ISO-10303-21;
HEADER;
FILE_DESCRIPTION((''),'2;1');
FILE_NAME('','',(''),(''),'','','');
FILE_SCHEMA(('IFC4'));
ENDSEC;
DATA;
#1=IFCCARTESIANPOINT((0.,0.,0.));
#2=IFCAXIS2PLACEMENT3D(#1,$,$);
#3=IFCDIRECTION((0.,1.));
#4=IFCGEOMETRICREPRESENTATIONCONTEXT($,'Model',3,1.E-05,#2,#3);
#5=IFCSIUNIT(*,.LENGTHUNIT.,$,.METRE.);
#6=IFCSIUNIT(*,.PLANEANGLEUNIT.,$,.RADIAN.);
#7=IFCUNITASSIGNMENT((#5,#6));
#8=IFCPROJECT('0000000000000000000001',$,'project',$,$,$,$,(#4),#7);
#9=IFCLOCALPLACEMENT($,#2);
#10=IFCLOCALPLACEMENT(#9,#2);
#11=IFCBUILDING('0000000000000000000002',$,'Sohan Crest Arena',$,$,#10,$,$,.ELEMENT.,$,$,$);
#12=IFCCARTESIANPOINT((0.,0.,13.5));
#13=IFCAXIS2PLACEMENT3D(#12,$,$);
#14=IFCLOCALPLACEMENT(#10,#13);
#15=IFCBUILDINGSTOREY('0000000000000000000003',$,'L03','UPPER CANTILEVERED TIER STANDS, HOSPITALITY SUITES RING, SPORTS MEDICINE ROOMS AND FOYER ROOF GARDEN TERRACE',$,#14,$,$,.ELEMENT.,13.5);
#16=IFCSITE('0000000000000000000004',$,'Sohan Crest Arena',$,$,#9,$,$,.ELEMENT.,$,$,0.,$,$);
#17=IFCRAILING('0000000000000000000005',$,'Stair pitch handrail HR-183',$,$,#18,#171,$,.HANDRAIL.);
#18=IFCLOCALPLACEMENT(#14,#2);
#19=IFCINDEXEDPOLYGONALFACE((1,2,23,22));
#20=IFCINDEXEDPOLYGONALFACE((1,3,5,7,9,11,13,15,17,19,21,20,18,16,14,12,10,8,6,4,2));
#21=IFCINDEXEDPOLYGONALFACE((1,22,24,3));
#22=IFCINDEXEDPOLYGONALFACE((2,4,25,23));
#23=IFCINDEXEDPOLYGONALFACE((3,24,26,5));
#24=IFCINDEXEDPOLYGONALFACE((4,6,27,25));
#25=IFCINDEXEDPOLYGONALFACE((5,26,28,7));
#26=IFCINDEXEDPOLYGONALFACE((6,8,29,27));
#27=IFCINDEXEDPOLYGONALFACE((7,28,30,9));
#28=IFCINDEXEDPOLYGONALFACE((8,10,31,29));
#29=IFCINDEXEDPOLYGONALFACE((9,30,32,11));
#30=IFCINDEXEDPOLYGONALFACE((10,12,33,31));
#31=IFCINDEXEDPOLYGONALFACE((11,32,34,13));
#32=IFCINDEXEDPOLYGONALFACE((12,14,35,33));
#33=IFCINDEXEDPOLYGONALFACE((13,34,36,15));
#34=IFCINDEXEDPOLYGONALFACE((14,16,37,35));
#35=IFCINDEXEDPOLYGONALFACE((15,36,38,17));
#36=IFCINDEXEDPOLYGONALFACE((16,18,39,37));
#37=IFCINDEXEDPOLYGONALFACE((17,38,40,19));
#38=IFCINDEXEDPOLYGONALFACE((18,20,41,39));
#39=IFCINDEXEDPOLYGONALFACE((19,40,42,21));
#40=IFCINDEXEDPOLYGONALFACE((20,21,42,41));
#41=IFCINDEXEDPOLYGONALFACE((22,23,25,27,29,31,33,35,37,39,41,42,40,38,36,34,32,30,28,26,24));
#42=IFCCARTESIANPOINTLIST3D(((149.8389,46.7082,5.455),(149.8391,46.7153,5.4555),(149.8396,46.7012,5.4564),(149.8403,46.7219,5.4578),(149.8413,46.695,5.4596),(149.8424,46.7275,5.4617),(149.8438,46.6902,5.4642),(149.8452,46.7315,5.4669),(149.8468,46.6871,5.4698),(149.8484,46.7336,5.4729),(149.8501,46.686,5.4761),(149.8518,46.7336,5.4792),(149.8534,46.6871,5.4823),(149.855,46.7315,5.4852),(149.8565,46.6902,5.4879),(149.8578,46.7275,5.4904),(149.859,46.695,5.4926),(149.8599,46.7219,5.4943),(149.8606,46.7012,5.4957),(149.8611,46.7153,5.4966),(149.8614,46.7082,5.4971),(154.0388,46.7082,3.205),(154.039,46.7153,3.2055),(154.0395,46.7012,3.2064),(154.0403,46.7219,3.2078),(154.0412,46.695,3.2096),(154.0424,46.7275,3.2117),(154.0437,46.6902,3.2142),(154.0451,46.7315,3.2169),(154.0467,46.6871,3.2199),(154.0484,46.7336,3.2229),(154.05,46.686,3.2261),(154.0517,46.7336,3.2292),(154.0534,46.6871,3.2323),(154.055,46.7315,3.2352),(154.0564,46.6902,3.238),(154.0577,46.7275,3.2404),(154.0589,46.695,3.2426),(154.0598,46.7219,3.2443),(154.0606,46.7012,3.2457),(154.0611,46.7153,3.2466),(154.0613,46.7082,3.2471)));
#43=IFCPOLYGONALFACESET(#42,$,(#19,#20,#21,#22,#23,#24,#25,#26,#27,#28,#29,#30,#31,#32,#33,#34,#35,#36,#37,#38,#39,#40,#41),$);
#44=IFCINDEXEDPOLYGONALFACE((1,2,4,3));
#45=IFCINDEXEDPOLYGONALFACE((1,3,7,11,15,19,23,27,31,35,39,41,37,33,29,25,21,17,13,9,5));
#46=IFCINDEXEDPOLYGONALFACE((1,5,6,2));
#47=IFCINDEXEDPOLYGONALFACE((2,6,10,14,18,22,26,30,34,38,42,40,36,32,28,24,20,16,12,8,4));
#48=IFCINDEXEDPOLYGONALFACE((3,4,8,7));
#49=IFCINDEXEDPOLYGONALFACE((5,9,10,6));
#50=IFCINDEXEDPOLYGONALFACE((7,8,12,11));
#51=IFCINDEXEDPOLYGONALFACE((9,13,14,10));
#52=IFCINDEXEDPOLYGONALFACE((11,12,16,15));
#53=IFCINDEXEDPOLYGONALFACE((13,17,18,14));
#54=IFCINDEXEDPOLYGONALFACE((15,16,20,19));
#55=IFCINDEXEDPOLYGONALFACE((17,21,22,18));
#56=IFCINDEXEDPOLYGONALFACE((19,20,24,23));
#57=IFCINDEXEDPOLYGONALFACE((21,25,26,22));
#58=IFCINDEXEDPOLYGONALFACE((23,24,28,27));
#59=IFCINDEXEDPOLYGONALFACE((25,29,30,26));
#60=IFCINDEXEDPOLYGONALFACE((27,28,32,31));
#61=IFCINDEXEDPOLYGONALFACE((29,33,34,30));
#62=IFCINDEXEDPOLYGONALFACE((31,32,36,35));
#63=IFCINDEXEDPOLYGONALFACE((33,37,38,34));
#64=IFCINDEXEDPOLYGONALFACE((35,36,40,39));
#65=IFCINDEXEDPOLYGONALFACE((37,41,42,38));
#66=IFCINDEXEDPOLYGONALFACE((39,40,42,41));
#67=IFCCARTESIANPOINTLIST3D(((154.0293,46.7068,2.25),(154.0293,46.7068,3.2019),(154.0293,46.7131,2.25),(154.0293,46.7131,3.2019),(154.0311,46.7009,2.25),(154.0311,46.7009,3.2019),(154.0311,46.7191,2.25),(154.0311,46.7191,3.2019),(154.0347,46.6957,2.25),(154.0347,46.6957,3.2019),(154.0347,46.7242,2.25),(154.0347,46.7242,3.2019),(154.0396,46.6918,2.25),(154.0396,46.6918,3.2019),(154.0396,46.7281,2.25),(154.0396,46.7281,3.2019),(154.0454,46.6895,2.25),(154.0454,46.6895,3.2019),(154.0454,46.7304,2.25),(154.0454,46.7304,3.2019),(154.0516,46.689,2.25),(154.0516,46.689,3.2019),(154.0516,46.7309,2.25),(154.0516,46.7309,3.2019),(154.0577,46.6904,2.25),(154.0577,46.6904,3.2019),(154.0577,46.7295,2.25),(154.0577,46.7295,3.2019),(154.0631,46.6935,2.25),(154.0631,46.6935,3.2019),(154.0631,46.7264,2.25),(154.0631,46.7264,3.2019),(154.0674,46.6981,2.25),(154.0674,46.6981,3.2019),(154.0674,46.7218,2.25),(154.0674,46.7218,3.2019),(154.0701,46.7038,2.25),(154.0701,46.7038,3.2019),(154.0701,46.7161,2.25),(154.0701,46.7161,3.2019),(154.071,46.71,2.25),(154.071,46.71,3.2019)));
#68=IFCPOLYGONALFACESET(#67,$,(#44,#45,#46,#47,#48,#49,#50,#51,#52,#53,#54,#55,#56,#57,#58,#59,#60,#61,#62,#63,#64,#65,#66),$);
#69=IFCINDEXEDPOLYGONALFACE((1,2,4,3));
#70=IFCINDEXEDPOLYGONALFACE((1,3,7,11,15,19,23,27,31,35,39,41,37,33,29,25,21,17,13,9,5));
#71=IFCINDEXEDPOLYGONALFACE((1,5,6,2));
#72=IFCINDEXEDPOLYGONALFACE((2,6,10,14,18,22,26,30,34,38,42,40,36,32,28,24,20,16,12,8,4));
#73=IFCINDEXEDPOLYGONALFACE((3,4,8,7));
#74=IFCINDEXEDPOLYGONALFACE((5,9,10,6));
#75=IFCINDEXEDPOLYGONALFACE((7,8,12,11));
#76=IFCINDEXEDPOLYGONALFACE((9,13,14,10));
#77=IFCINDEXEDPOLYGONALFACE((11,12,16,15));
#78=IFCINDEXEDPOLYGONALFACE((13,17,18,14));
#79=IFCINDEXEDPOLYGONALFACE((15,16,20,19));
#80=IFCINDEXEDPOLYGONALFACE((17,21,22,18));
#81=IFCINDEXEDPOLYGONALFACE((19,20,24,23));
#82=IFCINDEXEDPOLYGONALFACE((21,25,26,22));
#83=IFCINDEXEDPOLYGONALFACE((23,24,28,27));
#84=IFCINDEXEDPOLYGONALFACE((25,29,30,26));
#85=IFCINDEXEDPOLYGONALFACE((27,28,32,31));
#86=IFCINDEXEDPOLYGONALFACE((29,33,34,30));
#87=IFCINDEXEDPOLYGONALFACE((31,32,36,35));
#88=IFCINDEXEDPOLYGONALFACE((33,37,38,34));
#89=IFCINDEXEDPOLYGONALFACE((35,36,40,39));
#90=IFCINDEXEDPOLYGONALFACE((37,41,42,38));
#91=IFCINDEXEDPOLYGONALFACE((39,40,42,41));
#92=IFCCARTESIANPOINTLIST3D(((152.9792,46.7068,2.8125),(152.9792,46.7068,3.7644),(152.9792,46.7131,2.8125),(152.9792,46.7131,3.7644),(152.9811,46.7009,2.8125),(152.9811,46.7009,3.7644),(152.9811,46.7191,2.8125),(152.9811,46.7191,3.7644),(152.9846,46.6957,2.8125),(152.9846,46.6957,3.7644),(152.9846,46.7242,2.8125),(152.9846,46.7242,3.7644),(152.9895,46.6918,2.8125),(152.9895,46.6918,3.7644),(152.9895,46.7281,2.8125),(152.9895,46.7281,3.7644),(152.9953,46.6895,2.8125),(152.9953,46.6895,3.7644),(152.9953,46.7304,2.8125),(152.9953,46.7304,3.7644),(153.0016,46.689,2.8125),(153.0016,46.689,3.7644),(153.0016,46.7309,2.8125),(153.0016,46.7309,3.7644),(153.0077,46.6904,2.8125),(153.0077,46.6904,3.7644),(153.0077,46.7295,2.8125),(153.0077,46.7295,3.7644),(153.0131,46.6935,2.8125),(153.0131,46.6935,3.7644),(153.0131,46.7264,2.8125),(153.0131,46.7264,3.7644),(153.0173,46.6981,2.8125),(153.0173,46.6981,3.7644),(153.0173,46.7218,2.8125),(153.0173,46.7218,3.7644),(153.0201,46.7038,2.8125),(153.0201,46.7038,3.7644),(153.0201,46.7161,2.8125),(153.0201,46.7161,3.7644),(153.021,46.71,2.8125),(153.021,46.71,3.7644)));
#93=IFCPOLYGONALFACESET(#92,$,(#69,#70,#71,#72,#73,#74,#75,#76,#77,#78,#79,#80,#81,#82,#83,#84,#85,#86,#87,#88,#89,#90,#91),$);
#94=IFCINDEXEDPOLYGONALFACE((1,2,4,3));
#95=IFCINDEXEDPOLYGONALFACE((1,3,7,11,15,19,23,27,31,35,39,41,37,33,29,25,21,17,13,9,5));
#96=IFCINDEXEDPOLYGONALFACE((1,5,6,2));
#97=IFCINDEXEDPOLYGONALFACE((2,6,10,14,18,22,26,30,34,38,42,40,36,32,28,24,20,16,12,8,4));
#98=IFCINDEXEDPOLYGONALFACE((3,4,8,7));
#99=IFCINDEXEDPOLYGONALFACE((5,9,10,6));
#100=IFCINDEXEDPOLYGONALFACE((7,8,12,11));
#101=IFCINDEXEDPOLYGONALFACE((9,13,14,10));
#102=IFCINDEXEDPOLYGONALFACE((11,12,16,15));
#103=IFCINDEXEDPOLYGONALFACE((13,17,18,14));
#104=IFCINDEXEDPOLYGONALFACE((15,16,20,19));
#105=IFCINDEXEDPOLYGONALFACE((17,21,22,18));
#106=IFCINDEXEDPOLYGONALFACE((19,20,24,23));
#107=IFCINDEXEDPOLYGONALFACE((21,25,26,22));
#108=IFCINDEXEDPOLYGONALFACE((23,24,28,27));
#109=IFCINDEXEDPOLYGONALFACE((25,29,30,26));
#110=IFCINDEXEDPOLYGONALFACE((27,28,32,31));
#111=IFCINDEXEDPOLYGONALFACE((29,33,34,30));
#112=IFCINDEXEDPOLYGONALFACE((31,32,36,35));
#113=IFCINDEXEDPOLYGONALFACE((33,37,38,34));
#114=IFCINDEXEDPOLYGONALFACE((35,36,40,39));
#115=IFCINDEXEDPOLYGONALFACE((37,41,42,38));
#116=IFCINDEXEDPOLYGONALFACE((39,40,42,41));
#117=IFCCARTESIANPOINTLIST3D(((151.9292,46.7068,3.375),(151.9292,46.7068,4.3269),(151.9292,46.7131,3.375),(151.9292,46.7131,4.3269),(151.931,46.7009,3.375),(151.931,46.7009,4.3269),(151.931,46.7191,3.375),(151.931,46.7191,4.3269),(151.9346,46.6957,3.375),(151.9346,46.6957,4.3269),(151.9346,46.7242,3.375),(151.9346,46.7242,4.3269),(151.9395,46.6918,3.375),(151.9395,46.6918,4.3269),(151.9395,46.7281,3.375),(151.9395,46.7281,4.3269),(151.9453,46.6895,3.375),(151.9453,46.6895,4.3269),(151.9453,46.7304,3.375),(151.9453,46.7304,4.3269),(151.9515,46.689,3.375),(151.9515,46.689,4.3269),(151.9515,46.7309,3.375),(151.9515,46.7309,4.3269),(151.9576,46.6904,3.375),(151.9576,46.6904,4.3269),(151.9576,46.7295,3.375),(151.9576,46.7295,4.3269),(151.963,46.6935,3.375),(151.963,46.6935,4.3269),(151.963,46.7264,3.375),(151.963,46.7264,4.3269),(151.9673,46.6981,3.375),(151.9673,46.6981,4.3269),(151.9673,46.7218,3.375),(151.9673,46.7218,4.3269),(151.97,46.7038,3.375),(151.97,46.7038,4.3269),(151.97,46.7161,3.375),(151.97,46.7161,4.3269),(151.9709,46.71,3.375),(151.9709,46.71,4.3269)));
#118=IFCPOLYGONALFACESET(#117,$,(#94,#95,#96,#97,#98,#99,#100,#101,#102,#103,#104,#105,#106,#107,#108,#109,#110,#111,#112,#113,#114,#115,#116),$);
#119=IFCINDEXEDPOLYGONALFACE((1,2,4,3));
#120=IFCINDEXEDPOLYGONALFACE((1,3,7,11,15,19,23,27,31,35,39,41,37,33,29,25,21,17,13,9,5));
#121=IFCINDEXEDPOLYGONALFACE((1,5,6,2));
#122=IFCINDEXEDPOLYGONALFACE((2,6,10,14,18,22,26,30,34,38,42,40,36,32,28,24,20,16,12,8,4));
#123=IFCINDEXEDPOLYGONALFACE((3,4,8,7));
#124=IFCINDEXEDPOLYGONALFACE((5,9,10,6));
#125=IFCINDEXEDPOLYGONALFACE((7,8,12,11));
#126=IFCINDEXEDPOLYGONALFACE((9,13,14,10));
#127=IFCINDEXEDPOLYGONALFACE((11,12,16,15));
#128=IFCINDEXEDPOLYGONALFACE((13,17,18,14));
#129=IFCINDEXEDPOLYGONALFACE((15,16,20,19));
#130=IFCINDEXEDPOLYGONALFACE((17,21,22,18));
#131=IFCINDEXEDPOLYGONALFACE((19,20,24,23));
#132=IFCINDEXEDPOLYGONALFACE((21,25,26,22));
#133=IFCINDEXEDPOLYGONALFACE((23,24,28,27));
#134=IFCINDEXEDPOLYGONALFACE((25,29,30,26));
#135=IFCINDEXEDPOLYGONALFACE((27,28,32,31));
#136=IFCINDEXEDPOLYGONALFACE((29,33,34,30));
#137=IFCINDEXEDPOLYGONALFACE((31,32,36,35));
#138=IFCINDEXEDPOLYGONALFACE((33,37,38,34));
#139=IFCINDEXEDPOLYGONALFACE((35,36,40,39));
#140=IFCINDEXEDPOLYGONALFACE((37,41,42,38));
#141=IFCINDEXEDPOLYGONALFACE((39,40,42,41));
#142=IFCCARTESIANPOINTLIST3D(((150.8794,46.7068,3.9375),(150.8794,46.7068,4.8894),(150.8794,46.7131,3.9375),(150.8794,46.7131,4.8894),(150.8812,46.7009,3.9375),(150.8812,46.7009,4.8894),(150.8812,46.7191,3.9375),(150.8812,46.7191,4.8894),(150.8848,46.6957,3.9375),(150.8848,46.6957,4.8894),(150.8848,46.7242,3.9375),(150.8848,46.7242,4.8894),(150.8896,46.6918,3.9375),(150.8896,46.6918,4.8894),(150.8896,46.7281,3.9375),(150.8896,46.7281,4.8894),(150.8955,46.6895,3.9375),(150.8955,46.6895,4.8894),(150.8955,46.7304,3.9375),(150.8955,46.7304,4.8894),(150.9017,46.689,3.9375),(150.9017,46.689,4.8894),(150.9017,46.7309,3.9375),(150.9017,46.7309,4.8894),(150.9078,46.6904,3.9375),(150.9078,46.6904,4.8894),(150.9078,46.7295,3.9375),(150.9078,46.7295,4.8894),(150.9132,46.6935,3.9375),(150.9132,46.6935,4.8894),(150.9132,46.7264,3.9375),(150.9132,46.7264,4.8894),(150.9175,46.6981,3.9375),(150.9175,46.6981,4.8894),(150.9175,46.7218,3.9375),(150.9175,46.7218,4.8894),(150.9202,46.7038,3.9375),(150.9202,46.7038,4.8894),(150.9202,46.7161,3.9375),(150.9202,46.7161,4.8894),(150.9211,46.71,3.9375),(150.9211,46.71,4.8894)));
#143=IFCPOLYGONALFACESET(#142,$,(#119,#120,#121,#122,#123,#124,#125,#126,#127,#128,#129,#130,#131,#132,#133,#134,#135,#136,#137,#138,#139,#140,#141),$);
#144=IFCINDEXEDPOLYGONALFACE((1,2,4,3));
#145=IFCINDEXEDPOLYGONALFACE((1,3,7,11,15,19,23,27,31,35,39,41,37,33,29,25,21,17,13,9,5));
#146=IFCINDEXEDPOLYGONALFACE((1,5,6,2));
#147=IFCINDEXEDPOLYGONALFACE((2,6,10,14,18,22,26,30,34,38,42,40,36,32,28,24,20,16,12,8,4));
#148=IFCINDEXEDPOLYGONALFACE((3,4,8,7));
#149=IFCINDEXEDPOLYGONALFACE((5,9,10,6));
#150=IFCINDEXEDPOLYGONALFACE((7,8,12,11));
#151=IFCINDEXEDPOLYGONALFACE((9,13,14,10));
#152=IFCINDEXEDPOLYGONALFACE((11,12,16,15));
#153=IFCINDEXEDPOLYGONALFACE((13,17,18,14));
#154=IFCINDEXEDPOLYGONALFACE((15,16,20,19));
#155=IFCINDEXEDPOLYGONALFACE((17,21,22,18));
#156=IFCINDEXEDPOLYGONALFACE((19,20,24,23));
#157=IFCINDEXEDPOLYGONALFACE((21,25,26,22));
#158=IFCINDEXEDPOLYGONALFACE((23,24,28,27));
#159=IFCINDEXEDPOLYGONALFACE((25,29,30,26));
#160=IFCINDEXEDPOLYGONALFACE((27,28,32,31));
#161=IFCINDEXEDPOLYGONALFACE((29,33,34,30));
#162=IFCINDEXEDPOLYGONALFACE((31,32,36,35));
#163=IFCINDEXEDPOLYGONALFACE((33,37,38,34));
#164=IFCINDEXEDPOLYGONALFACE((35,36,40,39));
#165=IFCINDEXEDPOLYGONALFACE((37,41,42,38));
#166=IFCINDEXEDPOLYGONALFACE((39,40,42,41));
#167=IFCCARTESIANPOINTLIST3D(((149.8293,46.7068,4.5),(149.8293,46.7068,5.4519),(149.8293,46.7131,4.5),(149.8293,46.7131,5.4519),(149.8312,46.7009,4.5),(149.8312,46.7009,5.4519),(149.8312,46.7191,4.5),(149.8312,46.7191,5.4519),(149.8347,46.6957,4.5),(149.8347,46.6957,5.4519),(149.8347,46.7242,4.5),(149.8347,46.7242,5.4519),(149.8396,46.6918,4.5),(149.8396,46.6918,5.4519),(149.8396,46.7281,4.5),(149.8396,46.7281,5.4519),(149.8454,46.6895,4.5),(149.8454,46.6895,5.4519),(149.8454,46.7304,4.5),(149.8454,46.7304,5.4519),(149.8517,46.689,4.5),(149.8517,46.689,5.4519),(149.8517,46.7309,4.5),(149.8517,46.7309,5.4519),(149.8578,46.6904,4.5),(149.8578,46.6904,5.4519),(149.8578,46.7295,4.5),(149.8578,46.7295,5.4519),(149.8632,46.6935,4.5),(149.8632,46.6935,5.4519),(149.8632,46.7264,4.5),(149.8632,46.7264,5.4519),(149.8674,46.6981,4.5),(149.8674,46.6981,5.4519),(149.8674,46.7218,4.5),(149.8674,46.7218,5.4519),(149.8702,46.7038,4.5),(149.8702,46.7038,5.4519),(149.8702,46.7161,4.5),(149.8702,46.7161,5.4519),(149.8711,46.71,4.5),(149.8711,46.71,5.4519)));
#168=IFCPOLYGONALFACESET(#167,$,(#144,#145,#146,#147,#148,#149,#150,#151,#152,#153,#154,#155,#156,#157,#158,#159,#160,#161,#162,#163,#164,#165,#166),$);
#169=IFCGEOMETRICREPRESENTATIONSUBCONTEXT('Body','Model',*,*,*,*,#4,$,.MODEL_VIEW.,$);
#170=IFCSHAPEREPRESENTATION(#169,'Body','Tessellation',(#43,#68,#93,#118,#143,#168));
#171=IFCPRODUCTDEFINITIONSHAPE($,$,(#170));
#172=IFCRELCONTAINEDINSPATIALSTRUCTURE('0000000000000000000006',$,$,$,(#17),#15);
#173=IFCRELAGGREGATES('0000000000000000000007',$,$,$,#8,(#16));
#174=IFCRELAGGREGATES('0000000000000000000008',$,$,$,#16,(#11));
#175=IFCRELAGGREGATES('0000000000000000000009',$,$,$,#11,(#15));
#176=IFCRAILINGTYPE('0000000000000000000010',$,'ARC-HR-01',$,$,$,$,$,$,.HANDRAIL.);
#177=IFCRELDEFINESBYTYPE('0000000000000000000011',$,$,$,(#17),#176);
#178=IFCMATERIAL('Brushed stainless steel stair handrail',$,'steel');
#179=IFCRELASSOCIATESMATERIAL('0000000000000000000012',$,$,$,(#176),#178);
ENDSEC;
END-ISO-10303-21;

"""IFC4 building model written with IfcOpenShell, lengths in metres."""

from ifc_helpers import new_model, si_unit, direction, frame, origin, origin_2d, place, context, subcontext, project, spatial, circle, extrude, material, type_object, element, save


model = new_model("IFC4")

# Units and contexts
model_context = context("Model", 3, precision=1e-05, world=origin(), true_north=direction((0.0, 1.0)))
body_context = subcontext(model_context, "Body", "Model", "MODEL_VIEW")
ifc_project = project(units=[si_unit("LENGTHUNIT", "METRE"), si_unit("PLANEANGLEUNIT", "RADIAN")], contexts=[model_context])

# Site, building, storey
site_placement = place(None, origin())
site = spatial("IfcSite", under=ifc_project, at=site_placement, Name="Sohan Crest Arena", CompositionType="ELEMENT", RefElevation=0.0)
building_placement = place(site_placement, origin())
building = spatial("IfcBuilding", under=site, at=building_placement, Name="Sohan Crest Arena", CompositionType="ELEMENT")
storey_placement = place(building_placement, frame((0.0, 0.0, 13.5)))
storey = spatial("IfcBuildingStorey", under=building, at=storey_placement, Name="L03", Description="UPPER CANTILEVERED TIER STANDS, HOSPITALITY SUITES RING, SPORTS MEDICINE ROOMS AND FOYER ROOF GARDEN TERRACE", CompositionType="ELEMENT", Elevation=13.5)

# Railing
ifc_material_1 = material(Name="Brushed stainless steel stair handrail", Category="steel")
railing_type_1 = type_object("IfcRailingType", Name="ARC-HR-01", PredefinedType="HANDRAIL", material=ifc_material_1)
railing_1_placement = place(storey_placement, frame((154.05, 46.71, 2.25)))
element("IfcRailing", 1, at=railing_1_placement, inside=storey, type_object=railing_type_1, Name="Stair pitch handrail HR-183", PredefinedType="HANDRAIL", context=body_context, shape_type="SweptSolid", body=[
    extrude(circle(Radius=0.0239, at=origin_2d()), frame((0.0, 0.0, 0.9761), z_axis=(-0.881478, 0.0, 0.472226), x_axis=(0.0, -1.0, 0.0)), (0.0, 0.0, 1.0), 4.7646),
    extrude(circle(Radius=0.021, at=origin_2d()), origin(), (0.0, 0.0, 1.0), 0.9519),
    extrude(circle(Radius=0.021, at=origin_2d()), frame((-1.05, 0.0, 0.5625)), (0.0, 0.0, 1.0), 0.9519),
    extrude(circle(Radius=0.021, at=origin_2d()), frame((-2.1001, 0.0, 1.125)), (0.0, 0.0, 1.0), 0.9519),
    extrude(circle(Radius=0.021, at=origin_2d()), frame((-3.1499, 0.0, 1.6875)), (0.0, 0.0, 1.0), 0.9519),
    extrude(circle(Radius=0.021, at=origin_2d()), frame((-4.2, 0.0, 2.25)), (0.0, 0.0, 1.0), 0.9519),
])

save(model, "model.ifc")
